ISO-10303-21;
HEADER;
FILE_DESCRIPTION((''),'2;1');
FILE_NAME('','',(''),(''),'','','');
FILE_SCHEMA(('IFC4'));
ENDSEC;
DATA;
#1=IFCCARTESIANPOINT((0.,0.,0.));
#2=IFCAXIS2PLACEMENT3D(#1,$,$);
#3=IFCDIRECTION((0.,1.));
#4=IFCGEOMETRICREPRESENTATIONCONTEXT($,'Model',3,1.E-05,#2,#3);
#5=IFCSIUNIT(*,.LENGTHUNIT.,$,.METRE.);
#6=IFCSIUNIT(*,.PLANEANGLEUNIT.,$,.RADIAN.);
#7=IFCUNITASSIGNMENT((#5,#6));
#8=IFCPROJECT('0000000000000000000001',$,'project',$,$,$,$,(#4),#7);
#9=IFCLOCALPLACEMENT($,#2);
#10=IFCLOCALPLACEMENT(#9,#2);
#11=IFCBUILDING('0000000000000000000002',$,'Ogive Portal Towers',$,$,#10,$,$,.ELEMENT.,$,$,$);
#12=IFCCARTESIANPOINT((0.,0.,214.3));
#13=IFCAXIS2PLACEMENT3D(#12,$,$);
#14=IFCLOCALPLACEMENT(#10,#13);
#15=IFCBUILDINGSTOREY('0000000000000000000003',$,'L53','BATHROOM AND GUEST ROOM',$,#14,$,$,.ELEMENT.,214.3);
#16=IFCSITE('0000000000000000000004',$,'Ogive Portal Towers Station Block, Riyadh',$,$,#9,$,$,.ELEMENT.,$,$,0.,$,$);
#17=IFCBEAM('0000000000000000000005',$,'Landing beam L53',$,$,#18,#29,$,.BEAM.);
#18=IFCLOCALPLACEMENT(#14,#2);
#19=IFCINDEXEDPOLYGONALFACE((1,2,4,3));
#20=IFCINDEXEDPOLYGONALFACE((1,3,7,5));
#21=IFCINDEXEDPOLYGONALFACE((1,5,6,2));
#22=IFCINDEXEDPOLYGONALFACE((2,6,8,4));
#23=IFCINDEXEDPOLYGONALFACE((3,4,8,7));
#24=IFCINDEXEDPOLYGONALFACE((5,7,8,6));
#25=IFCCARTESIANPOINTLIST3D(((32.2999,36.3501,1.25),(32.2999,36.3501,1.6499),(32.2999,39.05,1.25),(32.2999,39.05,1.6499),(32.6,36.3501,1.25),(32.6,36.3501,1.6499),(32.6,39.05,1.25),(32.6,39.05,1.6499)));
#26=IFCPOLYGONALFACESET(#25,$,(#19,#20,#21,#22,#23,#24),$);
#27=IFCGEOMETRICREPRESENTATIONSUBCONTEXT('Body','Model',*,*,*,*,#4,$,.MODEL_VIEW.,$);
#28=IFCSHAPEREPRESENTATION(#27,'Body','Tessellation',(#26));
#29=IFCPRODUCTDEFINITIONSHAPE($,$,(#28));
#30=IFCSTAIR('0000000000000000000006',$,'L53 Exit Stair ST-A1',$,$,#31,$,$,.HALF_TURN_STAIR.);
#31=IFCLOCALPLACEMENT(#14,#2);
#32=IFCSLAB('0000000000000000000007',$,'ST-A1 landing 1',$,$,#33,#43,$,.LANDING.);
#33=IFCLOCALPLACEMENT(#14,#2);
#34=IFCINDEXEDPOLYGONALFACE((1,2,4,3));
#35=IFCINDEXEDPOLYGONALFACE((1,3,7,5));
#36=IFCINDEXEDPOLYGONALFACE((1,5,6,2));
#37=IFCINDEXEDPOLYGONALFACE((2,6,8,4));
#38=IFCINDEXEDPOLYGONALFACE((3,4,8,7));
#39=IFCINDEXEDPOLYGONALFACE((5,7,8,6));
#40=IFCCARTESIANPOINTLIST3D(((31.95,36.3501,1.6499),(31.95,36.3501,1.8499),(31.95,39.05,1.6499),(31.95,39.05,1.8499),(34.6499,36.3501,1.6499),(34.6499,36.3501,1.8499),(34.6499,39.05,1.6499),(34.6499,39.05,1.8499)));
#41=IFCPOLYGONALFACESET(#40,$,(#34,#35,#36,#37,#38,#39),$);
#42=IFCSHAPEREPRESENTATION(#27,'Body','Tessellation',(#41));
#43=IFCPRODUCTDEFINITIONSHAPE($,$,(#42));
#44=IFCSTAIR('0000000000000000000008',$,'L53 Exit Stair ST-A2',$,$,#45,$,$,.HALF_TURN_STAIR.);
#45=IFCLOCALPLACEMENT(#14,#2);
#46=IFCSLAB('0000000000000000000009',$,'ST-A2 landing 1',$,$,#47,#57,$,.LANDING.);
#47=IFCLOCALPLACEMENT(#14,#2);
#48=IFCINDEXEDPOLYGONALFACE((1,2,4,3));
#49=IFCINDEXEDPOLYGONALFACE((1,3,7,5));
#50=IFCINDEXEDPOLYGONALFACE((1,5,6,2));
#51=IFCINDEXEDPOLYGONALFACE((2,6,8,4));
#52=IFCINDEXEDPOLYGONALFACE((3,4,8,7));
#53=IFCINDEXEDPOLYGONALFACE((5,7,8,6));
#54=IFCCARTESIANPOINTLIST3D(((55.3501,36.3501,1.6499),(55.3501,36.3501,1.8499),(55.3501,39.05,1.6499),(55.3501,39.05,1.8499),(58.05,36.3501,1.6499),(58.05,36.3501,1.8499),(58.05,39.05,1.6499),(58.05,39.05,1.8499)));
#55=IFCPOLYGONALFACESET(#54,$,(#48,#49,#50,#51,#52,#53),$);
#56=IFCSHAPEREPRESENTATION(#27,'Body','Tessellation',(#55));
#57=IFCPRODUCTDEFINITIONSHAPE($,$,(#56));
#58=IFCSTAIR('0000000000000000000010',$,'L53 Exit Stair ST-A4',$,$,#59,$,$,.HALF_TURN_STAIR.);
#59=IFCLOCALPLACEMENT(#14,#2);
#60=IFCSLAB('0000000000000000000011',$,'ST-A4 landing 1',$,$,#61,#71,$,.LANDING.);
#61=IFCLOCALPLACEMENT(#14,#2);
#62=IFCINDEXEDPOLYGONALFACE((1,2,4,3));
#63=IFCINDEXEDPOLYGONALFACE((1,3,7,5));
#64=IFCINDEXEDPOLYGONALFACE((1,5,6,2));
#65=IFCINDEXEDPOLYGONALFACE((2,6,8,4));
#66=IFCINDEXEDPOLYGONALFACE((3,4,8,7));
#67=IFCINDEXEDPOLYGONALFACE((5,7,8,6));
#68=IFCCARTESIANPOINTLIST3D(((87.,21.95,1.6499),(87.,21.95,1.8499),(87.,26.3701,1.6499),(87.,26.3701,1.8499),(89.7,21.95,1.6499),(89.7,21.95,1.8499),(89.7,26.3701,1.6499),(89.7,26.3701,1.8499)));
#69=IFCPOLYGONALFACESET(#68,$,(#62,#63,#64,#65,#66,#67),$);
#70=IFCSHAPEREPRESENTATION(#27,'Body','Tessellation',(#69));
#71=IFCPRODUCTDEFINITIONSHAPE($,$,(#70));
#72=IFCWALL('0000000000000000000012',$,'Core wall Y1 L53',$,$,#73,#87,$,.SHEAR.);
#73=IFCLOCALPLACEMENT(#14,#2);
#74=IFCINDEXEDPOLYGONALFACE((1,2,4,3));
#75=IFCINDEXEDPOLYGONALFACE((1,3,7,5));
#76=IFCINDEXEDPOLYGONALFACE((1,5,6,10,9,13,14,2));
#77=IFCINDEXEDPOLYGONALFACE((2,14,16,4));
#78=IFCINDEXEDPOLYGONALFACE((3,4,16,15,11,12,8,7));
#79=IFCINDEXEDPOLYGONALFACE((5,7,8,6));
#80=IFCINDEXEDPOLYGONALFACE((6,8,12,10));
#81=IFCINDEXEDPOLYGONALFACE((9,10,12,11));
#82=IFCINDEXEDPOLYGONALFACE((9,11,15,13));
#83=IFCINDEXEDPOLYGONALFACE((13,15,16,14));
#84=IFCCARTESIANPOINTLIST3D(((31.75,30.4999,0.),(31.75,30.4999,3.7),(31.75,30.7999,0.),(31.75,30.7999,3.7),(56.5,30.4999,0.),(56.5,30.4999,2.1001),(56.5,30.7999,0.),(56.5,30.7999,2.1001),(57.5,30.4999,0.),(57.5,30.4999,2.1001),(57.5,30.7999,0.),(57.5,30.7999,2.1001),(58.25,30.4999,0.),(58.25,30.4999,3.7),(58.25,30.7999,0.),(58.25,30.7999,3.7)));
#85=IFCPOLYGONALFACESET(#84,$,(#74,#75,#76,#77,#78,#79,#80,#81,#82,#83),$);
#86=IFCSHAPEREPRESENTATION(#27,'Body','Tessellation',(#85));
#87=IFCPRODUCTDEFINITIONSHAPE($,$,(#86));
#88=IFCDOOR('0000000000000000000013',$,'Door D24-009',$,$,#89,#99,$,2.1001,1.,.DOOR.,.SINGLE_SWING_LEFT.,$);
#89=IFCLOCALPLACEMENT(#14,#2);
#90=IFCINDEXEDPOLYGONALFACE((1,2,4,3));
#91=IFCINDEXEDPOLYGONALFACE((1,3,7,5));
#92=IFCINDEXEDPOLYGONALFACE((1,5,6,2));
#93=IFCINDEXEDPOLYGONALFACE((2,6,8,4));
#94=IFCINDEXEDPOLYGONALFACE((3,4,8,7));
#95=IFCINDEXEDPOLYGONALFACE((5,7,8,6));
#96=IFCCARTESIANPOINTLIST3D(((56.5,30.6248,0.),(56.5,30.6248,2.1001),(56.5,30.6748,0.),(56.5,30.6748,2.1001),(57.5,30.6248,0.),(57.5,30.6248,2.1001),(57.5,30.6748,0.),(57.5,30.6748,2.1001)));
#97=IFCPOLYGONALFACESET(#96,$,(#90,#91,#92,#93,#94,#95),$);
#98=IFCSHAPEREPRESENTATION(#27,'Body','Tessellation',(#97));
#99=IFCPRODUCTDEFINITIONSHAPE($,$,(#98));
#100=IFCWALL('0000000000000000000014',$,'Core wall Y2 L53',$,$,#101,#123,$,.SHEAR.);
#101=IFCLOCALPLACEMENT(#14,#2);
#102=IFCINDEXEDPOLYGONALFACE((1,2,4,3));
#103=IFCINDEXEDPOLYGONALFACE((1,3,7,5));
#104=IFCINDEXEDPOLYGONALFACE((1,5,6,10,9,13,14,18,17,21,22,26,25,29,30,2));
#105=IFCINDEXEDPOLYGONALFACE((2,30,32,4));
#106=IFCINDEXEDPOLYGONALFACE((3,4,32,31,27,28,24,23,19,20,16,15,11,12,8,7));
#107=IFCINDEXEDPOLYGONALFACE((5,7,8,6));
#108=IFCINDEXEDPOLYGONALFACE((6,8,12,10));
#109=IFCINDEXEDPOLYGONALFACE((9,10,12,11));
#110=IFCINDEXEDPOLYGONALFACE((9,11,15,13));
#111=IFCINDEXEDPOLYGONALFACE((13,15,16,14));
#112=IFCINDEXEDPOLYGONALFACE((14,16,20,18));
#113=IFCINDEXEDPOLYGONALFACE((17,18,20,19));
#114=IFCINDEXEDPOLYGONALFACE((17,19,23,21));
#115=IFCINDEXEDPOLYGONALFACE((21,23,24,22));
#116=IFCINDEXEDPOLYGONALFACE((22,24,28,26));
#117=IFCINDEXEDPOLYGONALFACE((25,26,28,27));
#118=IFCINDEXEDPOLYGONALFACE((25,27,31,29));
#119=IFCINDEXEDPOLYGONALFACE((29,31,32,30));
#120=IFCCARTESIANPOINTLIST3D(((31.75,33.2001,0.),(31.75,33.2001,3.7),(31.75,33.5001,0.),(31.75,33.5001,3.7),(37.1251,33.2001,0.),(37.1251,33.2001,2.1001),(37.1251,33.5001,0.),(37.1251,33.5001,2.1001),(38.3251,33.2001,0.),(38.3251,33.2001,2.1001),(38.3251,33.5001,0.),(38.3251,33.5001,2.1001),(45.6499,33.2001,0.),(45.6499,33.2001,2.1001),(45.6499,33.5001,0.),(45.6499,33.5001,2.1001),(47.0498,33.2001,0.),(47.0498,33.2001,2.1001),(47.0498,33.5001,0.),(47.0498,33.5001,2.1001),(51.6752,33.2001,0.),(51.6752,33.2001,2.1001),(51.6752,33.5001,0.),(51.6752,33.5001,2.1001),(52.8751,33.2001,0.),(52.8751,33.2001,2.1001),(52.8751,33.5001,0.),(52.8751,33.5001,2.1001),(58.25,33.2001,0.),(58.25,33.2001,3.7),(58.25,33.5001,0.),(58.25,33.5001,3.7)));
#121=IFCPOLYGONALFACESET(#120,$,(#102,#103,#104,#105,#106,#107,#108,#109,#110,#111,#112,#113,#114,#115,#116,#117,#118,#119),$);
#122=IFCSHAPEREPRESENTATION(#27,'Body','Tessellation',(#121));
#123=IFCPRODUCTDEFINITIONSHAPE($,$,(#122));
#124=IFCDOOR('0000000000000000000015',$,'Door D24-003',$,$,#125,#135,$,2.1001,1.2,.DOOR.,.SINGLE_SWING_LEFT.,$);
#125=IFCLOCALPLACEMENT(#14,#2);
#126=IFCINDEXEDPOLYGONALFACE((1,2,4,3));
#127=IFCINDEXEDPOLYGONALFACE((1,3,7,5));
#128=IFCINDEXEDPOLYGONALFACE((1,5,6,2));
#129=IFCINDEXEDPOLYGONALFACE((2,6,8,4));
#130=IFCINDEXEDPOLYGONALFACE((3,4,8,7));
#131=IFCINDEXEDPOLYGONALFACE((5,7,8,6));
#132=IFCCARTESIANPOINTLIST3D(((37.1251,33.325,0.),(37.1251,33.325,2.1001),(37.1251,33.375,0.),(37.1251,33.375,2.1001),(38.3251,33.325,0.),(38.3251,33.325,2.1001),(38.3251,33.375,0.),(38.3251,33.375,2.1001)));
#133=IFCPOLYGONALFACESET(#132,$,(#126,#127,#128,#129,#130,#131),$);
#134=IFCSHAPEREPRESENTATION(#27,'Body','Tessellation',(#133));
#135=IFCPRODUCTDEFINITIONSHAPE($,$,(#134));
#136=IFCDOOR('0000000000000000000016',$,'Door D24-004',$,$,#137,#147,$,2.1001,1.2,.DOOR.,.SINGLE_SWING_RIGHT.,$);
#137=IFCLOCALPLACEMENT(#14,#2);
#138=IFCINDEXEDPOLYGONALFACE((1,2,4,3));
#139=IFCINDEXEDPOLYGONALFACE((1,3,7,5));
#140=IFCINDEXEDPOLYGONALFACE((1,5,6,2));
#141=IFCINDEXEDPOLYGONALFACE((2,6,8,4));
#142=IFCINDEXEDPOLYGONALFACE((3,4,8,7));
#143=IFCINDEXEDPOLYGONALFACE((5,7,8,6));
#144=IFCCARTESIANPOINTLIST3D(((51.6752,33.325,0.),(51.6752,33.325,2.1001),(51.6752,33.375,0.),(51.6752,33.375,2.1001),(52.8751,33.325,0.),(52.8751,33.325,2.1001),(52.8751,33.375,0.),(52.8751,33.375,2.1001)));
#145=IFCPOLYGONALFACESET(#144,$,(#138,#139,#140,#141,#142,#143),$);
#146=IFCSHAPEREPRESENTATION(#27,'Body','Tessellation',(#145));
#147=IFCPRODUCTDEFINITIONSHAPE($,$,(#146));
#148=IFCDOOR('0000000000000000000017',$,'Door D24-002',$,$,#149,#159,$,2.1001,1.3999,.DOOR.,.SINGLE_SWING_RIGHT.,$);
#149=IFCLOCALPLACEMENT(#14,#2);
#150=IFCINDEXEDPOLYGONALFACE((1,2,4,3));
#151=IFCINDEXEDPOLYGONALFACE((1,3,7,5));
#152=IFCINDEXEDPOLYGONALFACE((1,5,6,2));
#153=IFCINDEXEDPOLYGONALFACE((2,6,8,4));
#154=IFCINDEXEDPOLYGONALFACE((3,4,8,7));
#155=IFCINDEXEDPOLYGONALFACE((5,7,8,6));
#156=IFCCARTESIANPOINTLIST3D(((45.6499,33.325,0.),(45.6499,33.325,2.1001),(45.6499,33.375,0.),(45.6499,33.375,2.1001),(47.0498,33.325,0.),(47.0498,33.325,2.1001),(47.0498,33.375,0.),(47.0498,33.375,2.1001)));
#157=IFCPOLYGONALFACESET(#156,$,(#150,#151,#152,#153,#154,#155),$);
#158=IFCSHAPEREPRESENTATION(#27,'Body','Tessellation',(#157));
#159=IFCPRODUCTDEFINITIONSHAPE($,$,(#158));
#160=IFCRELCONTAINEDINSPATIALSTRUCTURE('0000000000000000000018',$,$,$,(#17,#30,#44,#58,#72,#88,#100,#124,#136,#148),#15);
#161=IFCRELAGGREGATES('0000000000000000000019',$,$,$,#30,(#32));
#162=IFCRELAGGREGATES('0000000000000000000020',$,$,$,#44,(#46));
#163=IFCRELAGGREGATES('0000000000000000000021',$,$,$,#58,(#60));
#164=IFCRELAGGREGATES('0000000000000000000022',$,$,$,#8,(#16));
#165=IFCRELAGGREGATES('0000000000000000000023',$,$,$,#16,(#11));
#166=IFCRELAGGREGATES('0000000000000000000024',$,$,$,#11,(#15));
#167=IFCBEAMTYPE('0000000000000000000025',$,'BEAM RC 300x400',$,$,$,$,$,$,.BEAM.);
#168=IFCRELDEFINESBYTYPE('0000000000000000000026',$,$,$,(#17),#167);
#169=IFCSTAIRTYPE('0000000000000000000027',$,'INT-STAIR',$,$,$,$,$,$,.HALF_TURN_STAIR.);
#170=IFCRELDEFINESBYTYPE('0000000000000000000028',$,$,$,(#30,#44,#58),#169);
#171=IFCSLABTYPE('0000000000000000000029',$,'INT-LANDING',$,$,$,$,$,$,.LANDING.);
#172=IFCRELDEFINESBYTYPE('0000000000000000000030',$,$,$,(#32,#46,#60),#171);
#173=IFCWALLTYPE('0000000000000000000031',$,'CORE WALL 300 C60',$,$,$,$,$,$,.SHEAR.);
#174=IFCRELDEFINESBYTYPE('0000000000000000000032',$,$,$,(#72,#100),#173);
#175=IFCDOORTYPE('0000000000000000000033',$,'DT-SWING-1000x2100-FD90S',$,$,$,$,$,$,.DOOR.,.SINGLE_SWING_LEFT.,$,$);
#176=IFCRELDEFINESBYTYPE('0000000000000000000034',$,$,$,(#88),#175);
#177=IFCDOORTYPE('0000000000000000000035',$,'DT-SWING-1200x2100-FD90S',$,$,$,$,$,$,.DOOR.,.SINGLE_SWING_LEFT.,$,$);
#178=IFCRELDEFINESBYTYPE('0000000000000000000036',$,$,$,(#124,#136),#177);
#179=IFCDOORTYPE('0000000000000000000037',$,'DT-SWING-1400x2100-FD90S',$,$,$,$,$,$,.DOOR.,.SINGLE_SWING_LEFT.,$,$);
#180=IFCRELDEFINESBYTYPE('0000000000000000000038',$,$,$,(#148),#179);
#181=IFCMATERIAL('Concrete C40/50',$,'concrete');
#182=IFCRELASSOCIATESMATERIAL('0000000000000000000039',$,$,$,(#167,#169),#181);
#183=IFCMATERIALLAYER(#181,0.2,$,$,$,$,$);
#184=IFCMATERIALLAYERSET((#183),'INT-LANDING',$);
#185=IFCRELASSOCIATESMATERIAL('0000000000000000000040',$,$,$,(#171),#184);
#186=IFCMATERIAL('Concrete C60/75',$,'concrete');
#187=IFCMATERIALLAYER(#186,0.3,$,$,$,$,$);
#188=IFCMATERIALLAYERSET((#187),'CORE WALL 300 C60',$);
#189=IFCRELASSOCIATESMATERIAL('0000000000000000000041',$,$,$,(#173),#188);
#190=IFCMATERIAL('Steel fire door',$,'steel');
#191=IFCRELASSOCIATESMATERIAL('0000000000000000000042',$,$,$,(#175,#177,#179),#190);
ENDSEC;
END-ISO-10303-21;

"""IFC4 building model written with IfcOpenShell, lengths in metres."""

from ifc_helpers import new_model, si_unit, direction, frame, frame_2d, origin, origin_2d, place, context, subcontext, project, spatial, polyline, rectangle, outline, extrude, material, layer, layer_set, material_profile, profile_set, type_object, element, fill, aggregate, save


model = new_model("IFC4")

# Units and contexts
model_context = context("Model", 3, precision=1e-05, world=origin(), true_north=direction((0.0, 1.0)))
body_context = subcontext(model_context, "Body", "Model", "MODEL_VIEW")
ifc_project = project(units=[si_unit("LENGTHUNIT", "METRE"), si_unit("PLANEANGLEUNIT", "RADIAN")], contexts=[model_context])

# Site, building, storey
site_placement = place(None, origin())
site = spatial("IfcSite", under=ifc_project, at=site_placement, Name="Ogive Portal Towers Station Block, Riyadh", CompositionType="ELEMENT", RefElevation=0.0)
building_placement = place(site_placement, origin())
building = spatial("IfcBuilding", under=site, at=building_placement, Name="Ogive Portal Towers", CompositionType="ELEMENT")
storey_placement = place(building_placement, frame((0.0, 0.0, 214.3)))
storey = spatial("IfcBuildingStorey", under=building, at=storey_placement, Name="L53", Description="BATHROOM AND GUEST ROOM", CompositionType="ELEMENT", Elevation=214.3)

# Beam
ifc_material_1 = material(Name="Concrete C40/50", Category="concrete")
ifc_material_profile = material_profile(ifc_material_1, rectangle(XDim=0.3, YDim=0.3999, at=origin_2d()), Name="RC 300x400")
ifc_profile_set = profile_set([ifc_material_profile], Name="Concrete C40/50")
beam_type = type_object("IfcBeamType", Name="BEAM RC 300x400", PredefinedType="BEAM", material=ifc_profile_set)
beam_placement = place(storey_placement, frame((32.45, 36.3501, 1.45), z_axis=(0.0, 1.0, 0.0), x_axis=(-1.0, 0.0, 0.0)))
element("IfcBeam", 1, at=beam_placement, inside=storey, type_object=beam_type, Name="Landing beam L53", PredefinedType="BEAM", context=body_context, shape_type="SweptSolid", body=[
    extrude(rectangle(XDim=0.3, YDim=0.3999, at=origin_2d()), origin(), (0.0, 0.0, 1.0), 2.7),
])

# Stairs, slabs
stair_type = type_object("IfcStairType", Name="INT-STAIR", PredefinedType="HALF_TURN_STAIR", material=ifc_material_1)
stair_1_placement = place(storey_placement, origin())
stair_1 = element("IfcStair", 2, at=stair_1_placement, inside=storey, type_object=stair_type, Name="L53 Exit Stair ST-A1", PredefinedType="HALF_TURN_STAIR")
ifc_layer_1 = layer(ifc_material_1, 0.2)
ifc_layer_set_1 = layer_set([ifc_layer_1], Name="INT-LANDING")
slab_type = type_object("IfcSlabType", Name="INT-LANDING", PredefinedType="LANDING", material=ifc_layer_set_1)
slab_1_placement = place(storey_placement, frame((0.0, 0.0, 1.6499)))
slab_1 = element("IfcSlab", 3, at=slab_1_placement, type_object=slab_type, Name="ST-A1 landing 1", PredefinedType="LANDING", context=body_context, shape_type="SweptSolid", body=[
    extrude(outline(polyline([(34.6499, 39.05), (31.95, 39.05), (31.95, 36.3501), (34.6499, 36.3501), (34.6499, 39.05)])), origin(), (0.0, 0.0, 1.0), 0.2),
])
aggregate(stair_1, [slab_1])
stair_2_placement = place(storey_placement, origin())
stair_2 = element("IfcStair", 4, at=stair_2_placement, inside=storey, type_object=stair_type, Name="L53 Exit Stair ST-A2", PredefinedType="HALF_TURN_STAIR")
slab_2_placement = place(storey_placement, frame((0.0, 0.0, 1.6499)))
slab_2 = element("IfcSlab", 5, at=slab_2_placement, type_object=slab_type, Name="ST-A2 landing 1", PredefinedType="LANDING", context=body_context, shape_type="SweptSolid", body=[
    extrude(outline(polyline([(55.3501, 36.3501), (58.05, 36.3501), (58.05, 39.05), (55.3501, 39.05), (55.3501, 36.3501)])), origin(), (0.0, 0.0, 1.0), 0.2),
])
aggregate(stair_2, [slab_2])
stair_3_placement = place(storey_placement, origin())
stair_3 = element("IfcStair", 6, at=stair_3_placement, inside=storey, type_object=stair_type, Name="L53 Exit Stair ST-A4", PredefinedType="HALF_TURN_STAIR")
slab_3_placement = place(storey_placement, frame((0.0, 0.0, 1.6499)))
slab_3 = element("IfcSlab", 7, at=slab_3_placement, type_object=slab_type, Name="ST-A4 landing 1", PredefinedType="LANDING", context=body_context, shape_type="SweptSolid", body=[
    extrude(outline(polyline([(87.0, 26.3701), (87.0, 21.95), (89.7, 21.95), (89.7, 26.3701), (87.0, 26.3701)])), origin(), (0.0, 0.0, 1.0), 0.2),
])
aggregate(stair_3, [slab_3])

# Wall, opening, door
ifc_material_2 = material(Name="Concrete C60/75", Category="concrete")
ifc_layer_2 = layer(ifc_material_2, 0.3)
ifc_layer_set_2 = layer_set([ifc_layer_2], Name="CORE WALL 300 C60")
wall_type_1 = type_object("IfcWallType", Name="CORE WALL 300 C60", PredefinedType="SHEAR", material=ifc_layer_set_2)
wall_1_placement = place(storey_placement, frame((31.75, 30.6499, 0.0), z_axis=(0.0, 0.0, 1.0), x_axis=(1.0, 0.0, 0.0)))
wall_1 = element("IfcWall", 8, at=wall_1_placement, inside=storey, type_object=wall_type_1, Name="Core wall Y1 L53", PredefinedType="SHEAR", context=body_context, shape_type="SweptSolid", body=[
    extrude(rectangle(XDim=26.5, YDim=0.3, at=frame_2d((13.25, 0.0))), origin(), (0.0, 0.0, 1.0), 3.7),
])
opening_1_placement = place(wall_1_placement, frame((24.75, 0.0, 0.0)))
opening_1 = element("IfcOpeningElement", 9, at=opening_1_placement, cuts=wall_1, PredefinedType="OPENING", context=body_context, shape_type="SweptSolid", body=[
    extrude(rectangle(XDim=1.0, YDim=2.1001, at=frame_2d((0.5, 1.05))), frame((0.0, 0.1602, 0.0), z_axis=(0.0, -1.0, 0.0), x_axis=(1.0, 0.0, 0.0)), (0.0, 0.0, 1.0), 0.3201),
])
ifc_material_3 = material(Name="Steel fire door", Category="steel")
door_type_1 = type_object("IfcDoorType", Name="DT-SWING-1000x2100-FD90S", OperationType="SINGLE_SWING_LEFT", PredefinedType="DOOR", material=ifc_material_3)
door_1_placement = place(opening_1_placement, origin())
door_1 = element("IfcDoor", 10, at=door_1_placement, inside=storey, type_object=door_type_1, Name="Door D24-009", OperationType="SINGLE_SWING_LEFT", OverallHeight=2.1001, OverallWidth=1.0, PredefinedType="DOOR", context=body_context, shape_type="SweptSolid", body=[
    extrude(rectangle(XDim=1.0, YDim=2.1001, at=frame_2d((0.5, 1.05))), frame((0.0, 0.0249, 0.0), z_axis=(0.0, -1.0, 0.0), x_axis=(1.0, 0.0, 0.0)), (0.0, 0.0, 1.0), 0.05),
])
fill(opening_1, door_1)

# Wall, openings, doors
wall_2_placement = place(storey_placement, frame((31.75, 33.3501, 0.0), z_axis=(0.0, 0.0, 1.0), x_axis=(1.0, 0.0, 0.0)))
wall_2 = element("IfcWall", 11, at=wall_2_placement, inside=storey, type_object=wall_type_1, Name="Core wall Y2 L53", PredefinedType="SHEAR", context=body_context, shape_type="SweptSolid", body=[
    extrude(rectangle(XDim=26.5, YDim=0.3, at=frame_2d((13.25, 0.0))), origin(), (0.0, 0.0, 1.0), 3.7),
])
opening_2_placement = place(wall_2_placement, frame((13.8999, 0.0, 0.0)))
opening_2 = element("IfcOpeningElement", 12, at=opening_2_placement, cuts=wall_2, PredefinedType="OPENING", context=body_context, shape_type="SweptSolid", body=[
    extrude(rectangle(XDim=1.3999, YDim=2.1001, at=frame_2d((0.7, 1.05))), frame((0.0, 0.1602, 0.0), z_axis=(0.0, -1.0, 0.0), x_axis=(1.0, 0.0, 0.0)), (0.0, 0.0, 1.0), 0.3201),
])
opening_3_placement = place(wall_2_placement, frame((5.375, 0.0, 0.0)))
opening_3 = element("IfcOpeningElement", 13, at=opening_3_placement, cuts=wall_2, PredefinedType="OPENING", context=body_context, shape_type="SweptSolid", body=[
    extrude(rectangle(XDim=1.2, YDim=2.1001, at=frame_2d((0.6001, 1.05))), frame((0.0, 0.1602, 0.0), z_axis=(0.0, -1.0, 0.0), x_axis=(1.0, 0.0, 0.0)), (0.0, 0.0, 1.0), 0.3201),
])
opening_4_placement = place(wall_2_placement, frame((19.925, 0.0, 0.0)))
opening_4 = element("IfcOpeningElement", 14, at=opening_4_placement, cuts=wall_2, PredefinedType="OPENING", context=body_context, shape_type="SweptSolid", body=[
    extrude(rectangle(XDim=1.2, YDim=2.1001, at=frame_2d((0.6001, 1.05))), frame((0.0, 0.1602, 0.0), z_axis=(0.0, -1.0, 0.0), x_axis=(1.0, 0.0, 0.0)), (0.0, 0.0, 1.0), 0.3201),
])
door_type_2 = type_object("IfcDoorType", Name="DT-SWING-1200x2100-FD90S", OperationType="SINGLE_SWING_LEFT", PredefinedType="DOOR", material=ifc_material_3)
door_2_placement = place(opening_3_placement, origin())
door_2 = element("IfcDoor", 15, at=door_2_placement, inside=storey, type_object=door_type_2, Name="Door D24-003", OperationType="SINGLE_SWING_LEFT", OverallHeight=2.1001, OverallWidth=1.2, PredefinedType="DOOR", context=body_context, shape_type="SweptSolid", body=[
    extrude(rectangle(XDim=1.2, YDim=2.1001, at=frame_2d((0.6001, 1.05))), frame((0.0, 0.0249, 0.0), z_axis=(0.0, -1.0, 0.0), x_axis=(1.0, 0.0, 0.0)), (0.0, 0.0, 1.0), 0.05),
])
fill(opening_3, door_2)
door_3_placement = place(opening_4_placement, origin())
door_3 = element("IfcDoor", 16, at=door_3_placement, inside=storey, type_object=door_type_2, Name="Door D24-004", OperationType="SINGLE_SWING_RIGHT", OverallHeight=2.1001, OverallWidth=1.2, PredefinedType="DOOR", context=body_context, shape_type="SweptSolid", body=[
    extrude(rectangle(XDim=1.2, YDim=2.1001, at=frame_2d((0.6001, 1.05))), frame((0.0, 0.0249, 0.0), z_axis=(0.0, -1.0, 0.0), x_axis=(1.0, 0.0, 0.0)), (0.0, 0.0, 1.0), 0.05),
])
fill(opening_4, door_3)
door_type_3 = type_object("IfcDoorType", Name="DT-SWING-1400x2100-FD90S", OperationType="SINGLE_SWING_LEFT", PredefinedType="DOOR", material=ifc_material_3)
door_4_placement = place(opening_2_placement, origin())
door_4 = element("IfcDoor", 17, at=door_4_placement, inside=storey, type_object=door_type_3, Name="Door D24-002", OperationType="SINGLE_SWING_RIGHT", OverallHeight=2.1001, OverallWidth=1.3999, PredefinedType="DOOR", context=body_context, shape_type="SweptSolid", body=[
    extrude(rectangle(XDim=1.3999, YDim=2.1001, at=frame_2d((0.7, 1.05))), frame((0.0, 0.0249, 0.0), z_axis=(0.0, -1.0, 0.0), x_axis=(1.0, 0.0, 0.0)), (0.0, 0.0, 1.0), 0.05),
])
fill(opening_2, door_4)

save(model, "model.ifc")
